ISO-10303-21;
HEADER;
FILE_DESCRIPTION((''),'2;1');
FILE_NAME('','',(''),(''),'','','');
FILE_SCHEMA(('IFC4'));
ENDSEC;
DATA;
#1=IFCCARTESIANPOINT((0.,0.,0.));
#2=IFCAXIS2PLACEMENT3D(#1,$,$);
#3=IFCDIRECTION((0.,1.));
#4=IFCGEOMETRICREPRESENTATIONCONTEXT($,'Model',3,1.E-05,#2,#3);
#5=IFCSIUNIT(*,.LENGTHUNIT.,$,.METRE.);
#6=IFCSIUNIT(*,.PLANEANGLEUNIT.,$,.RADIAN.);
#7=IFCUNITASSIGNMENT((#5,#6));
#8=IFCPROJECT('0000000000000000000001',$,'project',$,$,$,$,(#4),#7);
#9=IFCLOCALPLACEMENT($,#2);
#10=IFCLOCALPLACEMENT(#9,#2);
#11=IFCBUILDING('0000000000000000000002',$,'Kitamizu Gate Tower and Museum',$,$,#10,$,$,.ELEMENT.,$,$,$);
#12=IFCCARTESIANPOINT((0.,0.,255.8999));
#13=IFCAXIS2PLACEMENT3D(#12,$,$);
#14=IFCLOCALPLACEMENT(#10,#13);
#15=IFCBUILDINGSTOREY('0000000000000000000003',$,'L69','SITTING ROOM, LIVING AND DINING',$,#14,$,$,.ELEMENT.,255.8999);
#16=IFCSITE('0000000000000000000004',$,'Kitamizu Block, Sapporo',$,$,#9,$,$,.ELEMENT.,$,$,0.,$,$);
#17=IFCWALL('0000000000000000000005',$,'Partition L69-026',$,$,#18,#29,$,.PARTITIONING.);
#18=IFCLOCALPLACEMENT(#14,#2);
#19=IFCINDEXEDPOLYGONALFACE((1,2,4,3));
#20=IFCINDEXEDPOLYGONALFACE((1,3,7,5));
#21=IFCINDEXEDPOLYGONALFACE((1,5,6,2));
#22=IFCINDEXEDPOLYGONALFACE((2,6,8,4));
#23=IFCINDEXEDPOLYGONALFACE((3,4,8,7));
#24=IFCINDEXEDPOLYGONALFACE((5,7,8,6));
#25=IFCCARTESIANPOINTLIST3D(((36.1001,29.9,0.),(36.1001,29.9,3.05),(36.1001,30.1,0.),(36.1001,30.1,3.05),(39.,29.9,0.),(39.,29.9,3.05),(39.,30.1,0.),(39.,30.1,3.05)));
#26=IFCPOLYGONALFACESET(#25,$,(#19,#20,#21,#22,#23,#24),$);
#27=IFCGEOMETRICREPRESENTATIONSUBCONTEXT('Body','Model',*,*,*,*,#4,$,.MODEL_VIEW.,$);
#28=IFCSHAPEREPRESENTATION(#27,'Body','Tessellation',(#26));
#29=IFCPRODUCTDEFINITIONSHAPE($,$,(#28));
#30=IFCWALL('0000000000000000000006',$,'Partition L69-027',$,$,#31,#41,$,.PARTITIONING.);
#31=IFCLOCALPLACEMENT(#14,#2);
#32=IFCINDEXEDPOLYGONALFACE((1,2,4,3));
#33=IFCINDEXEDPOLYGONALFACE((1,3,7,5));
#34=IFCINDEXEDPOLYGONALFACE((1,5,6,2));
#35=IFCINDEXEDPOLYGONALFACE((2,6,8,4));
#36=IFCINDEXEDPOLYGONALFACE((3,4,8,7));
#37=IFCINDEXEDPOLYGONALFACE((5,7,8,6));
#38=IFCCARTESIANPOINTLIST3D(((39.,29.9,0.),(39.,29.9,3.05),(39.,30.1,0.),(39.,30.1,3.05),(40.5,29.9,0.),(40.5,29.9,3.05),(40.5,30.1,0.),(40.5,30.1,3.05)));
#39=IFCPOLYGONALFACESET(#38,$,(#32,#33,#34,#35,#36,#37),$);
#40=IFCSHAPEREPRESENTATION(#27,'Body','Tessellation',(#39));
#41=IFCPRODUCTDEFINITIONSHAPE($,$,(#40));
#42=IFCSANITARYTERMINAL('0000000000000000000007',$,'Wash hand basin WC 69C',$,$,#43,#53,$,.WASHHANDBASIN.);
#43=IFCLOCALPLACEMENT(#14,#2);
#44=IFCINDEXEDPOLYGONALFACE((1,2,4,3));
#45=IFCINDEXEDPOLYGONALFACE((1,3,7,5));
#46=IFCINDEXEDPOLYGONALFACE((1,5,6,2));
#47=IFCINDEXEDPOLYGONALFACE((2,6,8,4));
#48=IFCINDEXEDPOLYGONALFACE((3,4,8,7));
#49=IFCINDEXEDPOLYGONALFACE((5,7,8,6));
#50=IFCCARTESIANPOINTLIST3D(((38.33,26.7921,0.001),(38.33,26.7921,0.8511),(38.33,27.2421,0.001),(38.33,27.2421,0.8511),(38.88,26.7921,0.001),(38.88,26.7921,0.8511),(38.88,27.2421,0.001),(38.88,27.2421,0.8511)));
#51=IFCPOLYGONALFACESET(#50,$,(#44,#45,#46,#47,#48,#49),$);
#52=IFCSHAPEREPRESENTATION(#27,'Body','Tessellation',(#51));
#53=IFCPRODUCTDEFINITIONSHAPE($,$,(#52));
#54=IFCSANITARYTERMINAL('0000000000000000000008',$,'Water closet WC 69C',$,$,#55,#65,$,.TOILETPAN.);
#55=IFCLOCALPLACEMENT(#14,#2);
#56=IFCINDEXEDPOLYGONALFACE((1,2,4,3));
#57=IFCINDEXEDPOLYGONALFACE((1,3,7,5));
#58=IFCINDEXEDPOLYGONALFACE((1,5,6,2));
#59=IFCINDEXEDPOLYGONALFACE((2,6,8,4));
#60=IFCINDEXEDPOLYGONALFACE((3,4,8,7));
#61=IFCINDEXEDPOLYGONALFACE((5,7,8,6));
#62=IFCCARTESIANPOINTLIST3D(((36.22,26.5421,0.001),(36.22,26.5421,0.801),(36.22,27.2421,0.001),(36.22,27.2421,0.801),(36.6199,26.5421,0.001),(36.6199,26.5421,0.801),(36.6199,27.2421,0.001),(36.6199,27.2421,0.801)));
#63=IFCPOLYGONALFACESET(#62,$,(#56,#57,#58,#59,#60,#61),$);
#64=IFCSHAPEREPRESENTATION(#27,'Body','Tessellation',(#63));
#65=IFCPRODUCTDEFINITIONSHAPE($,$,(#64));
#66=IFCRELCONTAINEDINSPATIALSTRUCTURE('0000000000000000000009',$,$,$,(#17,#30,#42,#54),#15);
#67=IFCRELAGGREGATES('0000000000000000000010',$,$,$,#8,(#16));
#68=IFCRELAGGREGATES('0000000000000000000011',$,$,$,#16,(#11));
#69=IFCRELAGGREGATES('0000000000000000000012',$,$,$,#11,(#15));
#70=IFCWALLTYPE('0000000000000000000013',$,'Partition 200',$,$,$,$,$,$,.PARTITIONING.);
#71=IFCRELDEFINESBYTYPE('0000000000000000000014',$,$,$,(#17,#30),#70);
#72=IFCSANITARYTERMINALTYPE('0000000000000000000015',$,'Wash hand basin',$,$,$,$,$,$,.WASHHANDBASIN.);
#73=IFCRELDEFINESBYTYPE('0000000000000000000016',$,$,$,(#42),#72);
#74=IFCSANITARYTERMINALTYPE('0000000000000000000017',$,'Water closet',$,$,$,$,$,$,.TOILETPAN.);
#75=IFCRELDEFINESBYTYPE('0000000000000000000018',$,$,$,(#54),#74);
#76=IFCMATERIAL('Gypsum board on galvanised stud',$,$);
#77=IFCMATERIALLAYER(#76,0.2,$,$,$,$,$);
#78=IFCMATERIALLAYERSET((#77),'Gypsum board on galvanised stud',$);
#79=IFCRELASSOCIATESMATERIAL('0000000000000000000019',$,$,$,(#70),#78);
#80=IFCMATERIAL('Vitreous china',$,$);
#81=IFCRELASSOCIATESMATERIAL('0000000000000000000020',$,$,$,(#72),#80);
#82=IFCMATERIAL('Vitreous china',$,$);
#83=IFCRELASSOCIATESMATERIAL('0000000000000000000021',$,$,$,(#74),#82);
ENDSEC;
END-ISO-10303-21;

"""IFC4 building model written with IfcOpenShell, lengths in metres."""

from ifc_helpers import new_model, si_unit, direction, frame, frame_2d, origin, origin_2d, place, context, subcontext, project, spatial, rectangle, extrude, material, layer, layer_set, type_object, element, save


model = new_model("IFC4")

# Units and contexts
model_context = context("Model", 3, precision=1e-05, world=origin(), true_north=direction((0.0, 1.0)))
body_context = subcontext(model_context, "Body", "Model", "MODEL_VIEW")
ifc_project = project(units=[si_unit("LENGTHUNIT", "METRE"), si_unit("PLANEANGLEUNIT", "RADIAN")], contexts=[model_context])

# Site, building, storey
site_placement = place(None, origin())
site = spatial("IfcSite", under=ifc_project, at=site_placement, Name="Kitamizu Block, Sapporo", CompositionType="ELEMENT", RefElevation=0.0)
building_placement = place(site_placement, origin())
building = spatial("IfcBuilding", under=site, at=building_placement, Name="Kitamizu Gate Tower and Museum", CompositionType="ELEMENT")
storey_placement = place(building_placement, frame((0.0, 0.0, 255.8999)))
storey = spatial("IfcBuildingStorey", under=building, at=storey_placement, Name="L69", Description="SITTING ROOM, LIVING AND DINING", CompositionType="ELEMENT", Elevation=255.8999)

# Walls
ifc_material_1 = material(Name="Gypsum board on galvanised stud")
ifc_layer_1 = layer(ifc_material_1, 0.2)
ifc_layer_set_1 = layer_set([ifc_layer_1], Name="Gypsum board on galvanised stud")
wall_type_1 = type_object("IfcWallType", Name="Partition 200", PredefinedType="PARTITIONING", material=ifc_layer_set_1)
wall_1_placement = place(storey_placement, frame((39.0, 30.0, 0.0), z_axis=(0.0, 0.0, 1.0), x_axis=(-1.0, 0.0, 0.0)))
element("IfcWall", 1, at=wall_1_placement, inside=storey, type_object=wall_type_1, Name="Partition L69-026", PredefinedType="PARTITIONING", context=body_context, shape_type="SweptSolid", body=[
    extrude(rectangle(XDim=2.8999, YDim=0.2, at=frame_2d((1.45, 0.0))), origin(), (0.0, 0.0, 1.0), 3.05),
])
wall_2_placement = place(storey_placement, frame((40.5, 30.0, 0.0), z_axis=(0.0, 0.0, 1.0), x_axis=(-1.0, 0.0, 0.0)))
element("IfcWall", 2, at=wall_2_placement, inside=storey, type_object=wall_type_1, Name="Partition L69-027", PredefinedType="PARTITIONING", context=body_context, shape_type="SweptSolid", body=[
    extrude(rectangle(XDim=1.5, YDim=0.2, at=frame_2d((0.75, 0.0))), origin(), (0.0, 0.0, 1.0), 3.05),
])

# Sanitary terminals
ifc_material_2 = material(Name="Vitreous china")
sanitary_terminal_type_1 = type_object("IfcSanitaryTerminalType", Name="Wash hand basin", PredefinedType="WASHHANDBASIN", material=ifc_material_2)
sanitary_terminal_1_placement = place(storey_placement, frame((38.605, 27.0171, 0.001), z_axis=(0.0, 0.0, 1.0), x_axis=(1.0, 0.0, 0.0)))
element("IfcSanitaryTerminal", 3, at=sanitary_terminal_1_placement, inside=storey, type_object=sanitary_terminal_type_1, Name="Wash hand basin WC 69C", PredefinedType="WASHHANDBASIN", context=body_context, shape_type="SweptSolid", body=[
    extrude(rectangle(XDim=0.55, YDim=0.45, at=origin_2d()), origin(), (0.0, 0.0, 1.0), 0.8501),
])
ifc_material_3 = material(Name="Vitreous china")
sanitary_terminal_type_2 = type_object("IfcSanitaryTerminalType", Name="Water closet", PredefinedType="TOILETPAN", material=ifc_material_3)
sanitary_terminal_2_placement = place(storey_placement, frame((36.4199, 26.8921, 0.001), z_axis=(0.0, 0.0, 1.0), x_axis=(1.0, 0.0, 0.0)))
element("IfcSanitaryTerminal", 4, at=sanitary_terminal_2_placement, inside=storey, type_object=sanitary_terminal_type_2, Name="Water closet WC 69C", PredefinedType="TOILETPAN", context=body_context, shape_type="SweptSolid", body=[
    extrude(rectangle(XDim=0.3999, YDim=0.7, at=origin_2d()), origin(), (0.0, 0.0, 1.0), 0.8),
])

save(model, "model.ifc")
